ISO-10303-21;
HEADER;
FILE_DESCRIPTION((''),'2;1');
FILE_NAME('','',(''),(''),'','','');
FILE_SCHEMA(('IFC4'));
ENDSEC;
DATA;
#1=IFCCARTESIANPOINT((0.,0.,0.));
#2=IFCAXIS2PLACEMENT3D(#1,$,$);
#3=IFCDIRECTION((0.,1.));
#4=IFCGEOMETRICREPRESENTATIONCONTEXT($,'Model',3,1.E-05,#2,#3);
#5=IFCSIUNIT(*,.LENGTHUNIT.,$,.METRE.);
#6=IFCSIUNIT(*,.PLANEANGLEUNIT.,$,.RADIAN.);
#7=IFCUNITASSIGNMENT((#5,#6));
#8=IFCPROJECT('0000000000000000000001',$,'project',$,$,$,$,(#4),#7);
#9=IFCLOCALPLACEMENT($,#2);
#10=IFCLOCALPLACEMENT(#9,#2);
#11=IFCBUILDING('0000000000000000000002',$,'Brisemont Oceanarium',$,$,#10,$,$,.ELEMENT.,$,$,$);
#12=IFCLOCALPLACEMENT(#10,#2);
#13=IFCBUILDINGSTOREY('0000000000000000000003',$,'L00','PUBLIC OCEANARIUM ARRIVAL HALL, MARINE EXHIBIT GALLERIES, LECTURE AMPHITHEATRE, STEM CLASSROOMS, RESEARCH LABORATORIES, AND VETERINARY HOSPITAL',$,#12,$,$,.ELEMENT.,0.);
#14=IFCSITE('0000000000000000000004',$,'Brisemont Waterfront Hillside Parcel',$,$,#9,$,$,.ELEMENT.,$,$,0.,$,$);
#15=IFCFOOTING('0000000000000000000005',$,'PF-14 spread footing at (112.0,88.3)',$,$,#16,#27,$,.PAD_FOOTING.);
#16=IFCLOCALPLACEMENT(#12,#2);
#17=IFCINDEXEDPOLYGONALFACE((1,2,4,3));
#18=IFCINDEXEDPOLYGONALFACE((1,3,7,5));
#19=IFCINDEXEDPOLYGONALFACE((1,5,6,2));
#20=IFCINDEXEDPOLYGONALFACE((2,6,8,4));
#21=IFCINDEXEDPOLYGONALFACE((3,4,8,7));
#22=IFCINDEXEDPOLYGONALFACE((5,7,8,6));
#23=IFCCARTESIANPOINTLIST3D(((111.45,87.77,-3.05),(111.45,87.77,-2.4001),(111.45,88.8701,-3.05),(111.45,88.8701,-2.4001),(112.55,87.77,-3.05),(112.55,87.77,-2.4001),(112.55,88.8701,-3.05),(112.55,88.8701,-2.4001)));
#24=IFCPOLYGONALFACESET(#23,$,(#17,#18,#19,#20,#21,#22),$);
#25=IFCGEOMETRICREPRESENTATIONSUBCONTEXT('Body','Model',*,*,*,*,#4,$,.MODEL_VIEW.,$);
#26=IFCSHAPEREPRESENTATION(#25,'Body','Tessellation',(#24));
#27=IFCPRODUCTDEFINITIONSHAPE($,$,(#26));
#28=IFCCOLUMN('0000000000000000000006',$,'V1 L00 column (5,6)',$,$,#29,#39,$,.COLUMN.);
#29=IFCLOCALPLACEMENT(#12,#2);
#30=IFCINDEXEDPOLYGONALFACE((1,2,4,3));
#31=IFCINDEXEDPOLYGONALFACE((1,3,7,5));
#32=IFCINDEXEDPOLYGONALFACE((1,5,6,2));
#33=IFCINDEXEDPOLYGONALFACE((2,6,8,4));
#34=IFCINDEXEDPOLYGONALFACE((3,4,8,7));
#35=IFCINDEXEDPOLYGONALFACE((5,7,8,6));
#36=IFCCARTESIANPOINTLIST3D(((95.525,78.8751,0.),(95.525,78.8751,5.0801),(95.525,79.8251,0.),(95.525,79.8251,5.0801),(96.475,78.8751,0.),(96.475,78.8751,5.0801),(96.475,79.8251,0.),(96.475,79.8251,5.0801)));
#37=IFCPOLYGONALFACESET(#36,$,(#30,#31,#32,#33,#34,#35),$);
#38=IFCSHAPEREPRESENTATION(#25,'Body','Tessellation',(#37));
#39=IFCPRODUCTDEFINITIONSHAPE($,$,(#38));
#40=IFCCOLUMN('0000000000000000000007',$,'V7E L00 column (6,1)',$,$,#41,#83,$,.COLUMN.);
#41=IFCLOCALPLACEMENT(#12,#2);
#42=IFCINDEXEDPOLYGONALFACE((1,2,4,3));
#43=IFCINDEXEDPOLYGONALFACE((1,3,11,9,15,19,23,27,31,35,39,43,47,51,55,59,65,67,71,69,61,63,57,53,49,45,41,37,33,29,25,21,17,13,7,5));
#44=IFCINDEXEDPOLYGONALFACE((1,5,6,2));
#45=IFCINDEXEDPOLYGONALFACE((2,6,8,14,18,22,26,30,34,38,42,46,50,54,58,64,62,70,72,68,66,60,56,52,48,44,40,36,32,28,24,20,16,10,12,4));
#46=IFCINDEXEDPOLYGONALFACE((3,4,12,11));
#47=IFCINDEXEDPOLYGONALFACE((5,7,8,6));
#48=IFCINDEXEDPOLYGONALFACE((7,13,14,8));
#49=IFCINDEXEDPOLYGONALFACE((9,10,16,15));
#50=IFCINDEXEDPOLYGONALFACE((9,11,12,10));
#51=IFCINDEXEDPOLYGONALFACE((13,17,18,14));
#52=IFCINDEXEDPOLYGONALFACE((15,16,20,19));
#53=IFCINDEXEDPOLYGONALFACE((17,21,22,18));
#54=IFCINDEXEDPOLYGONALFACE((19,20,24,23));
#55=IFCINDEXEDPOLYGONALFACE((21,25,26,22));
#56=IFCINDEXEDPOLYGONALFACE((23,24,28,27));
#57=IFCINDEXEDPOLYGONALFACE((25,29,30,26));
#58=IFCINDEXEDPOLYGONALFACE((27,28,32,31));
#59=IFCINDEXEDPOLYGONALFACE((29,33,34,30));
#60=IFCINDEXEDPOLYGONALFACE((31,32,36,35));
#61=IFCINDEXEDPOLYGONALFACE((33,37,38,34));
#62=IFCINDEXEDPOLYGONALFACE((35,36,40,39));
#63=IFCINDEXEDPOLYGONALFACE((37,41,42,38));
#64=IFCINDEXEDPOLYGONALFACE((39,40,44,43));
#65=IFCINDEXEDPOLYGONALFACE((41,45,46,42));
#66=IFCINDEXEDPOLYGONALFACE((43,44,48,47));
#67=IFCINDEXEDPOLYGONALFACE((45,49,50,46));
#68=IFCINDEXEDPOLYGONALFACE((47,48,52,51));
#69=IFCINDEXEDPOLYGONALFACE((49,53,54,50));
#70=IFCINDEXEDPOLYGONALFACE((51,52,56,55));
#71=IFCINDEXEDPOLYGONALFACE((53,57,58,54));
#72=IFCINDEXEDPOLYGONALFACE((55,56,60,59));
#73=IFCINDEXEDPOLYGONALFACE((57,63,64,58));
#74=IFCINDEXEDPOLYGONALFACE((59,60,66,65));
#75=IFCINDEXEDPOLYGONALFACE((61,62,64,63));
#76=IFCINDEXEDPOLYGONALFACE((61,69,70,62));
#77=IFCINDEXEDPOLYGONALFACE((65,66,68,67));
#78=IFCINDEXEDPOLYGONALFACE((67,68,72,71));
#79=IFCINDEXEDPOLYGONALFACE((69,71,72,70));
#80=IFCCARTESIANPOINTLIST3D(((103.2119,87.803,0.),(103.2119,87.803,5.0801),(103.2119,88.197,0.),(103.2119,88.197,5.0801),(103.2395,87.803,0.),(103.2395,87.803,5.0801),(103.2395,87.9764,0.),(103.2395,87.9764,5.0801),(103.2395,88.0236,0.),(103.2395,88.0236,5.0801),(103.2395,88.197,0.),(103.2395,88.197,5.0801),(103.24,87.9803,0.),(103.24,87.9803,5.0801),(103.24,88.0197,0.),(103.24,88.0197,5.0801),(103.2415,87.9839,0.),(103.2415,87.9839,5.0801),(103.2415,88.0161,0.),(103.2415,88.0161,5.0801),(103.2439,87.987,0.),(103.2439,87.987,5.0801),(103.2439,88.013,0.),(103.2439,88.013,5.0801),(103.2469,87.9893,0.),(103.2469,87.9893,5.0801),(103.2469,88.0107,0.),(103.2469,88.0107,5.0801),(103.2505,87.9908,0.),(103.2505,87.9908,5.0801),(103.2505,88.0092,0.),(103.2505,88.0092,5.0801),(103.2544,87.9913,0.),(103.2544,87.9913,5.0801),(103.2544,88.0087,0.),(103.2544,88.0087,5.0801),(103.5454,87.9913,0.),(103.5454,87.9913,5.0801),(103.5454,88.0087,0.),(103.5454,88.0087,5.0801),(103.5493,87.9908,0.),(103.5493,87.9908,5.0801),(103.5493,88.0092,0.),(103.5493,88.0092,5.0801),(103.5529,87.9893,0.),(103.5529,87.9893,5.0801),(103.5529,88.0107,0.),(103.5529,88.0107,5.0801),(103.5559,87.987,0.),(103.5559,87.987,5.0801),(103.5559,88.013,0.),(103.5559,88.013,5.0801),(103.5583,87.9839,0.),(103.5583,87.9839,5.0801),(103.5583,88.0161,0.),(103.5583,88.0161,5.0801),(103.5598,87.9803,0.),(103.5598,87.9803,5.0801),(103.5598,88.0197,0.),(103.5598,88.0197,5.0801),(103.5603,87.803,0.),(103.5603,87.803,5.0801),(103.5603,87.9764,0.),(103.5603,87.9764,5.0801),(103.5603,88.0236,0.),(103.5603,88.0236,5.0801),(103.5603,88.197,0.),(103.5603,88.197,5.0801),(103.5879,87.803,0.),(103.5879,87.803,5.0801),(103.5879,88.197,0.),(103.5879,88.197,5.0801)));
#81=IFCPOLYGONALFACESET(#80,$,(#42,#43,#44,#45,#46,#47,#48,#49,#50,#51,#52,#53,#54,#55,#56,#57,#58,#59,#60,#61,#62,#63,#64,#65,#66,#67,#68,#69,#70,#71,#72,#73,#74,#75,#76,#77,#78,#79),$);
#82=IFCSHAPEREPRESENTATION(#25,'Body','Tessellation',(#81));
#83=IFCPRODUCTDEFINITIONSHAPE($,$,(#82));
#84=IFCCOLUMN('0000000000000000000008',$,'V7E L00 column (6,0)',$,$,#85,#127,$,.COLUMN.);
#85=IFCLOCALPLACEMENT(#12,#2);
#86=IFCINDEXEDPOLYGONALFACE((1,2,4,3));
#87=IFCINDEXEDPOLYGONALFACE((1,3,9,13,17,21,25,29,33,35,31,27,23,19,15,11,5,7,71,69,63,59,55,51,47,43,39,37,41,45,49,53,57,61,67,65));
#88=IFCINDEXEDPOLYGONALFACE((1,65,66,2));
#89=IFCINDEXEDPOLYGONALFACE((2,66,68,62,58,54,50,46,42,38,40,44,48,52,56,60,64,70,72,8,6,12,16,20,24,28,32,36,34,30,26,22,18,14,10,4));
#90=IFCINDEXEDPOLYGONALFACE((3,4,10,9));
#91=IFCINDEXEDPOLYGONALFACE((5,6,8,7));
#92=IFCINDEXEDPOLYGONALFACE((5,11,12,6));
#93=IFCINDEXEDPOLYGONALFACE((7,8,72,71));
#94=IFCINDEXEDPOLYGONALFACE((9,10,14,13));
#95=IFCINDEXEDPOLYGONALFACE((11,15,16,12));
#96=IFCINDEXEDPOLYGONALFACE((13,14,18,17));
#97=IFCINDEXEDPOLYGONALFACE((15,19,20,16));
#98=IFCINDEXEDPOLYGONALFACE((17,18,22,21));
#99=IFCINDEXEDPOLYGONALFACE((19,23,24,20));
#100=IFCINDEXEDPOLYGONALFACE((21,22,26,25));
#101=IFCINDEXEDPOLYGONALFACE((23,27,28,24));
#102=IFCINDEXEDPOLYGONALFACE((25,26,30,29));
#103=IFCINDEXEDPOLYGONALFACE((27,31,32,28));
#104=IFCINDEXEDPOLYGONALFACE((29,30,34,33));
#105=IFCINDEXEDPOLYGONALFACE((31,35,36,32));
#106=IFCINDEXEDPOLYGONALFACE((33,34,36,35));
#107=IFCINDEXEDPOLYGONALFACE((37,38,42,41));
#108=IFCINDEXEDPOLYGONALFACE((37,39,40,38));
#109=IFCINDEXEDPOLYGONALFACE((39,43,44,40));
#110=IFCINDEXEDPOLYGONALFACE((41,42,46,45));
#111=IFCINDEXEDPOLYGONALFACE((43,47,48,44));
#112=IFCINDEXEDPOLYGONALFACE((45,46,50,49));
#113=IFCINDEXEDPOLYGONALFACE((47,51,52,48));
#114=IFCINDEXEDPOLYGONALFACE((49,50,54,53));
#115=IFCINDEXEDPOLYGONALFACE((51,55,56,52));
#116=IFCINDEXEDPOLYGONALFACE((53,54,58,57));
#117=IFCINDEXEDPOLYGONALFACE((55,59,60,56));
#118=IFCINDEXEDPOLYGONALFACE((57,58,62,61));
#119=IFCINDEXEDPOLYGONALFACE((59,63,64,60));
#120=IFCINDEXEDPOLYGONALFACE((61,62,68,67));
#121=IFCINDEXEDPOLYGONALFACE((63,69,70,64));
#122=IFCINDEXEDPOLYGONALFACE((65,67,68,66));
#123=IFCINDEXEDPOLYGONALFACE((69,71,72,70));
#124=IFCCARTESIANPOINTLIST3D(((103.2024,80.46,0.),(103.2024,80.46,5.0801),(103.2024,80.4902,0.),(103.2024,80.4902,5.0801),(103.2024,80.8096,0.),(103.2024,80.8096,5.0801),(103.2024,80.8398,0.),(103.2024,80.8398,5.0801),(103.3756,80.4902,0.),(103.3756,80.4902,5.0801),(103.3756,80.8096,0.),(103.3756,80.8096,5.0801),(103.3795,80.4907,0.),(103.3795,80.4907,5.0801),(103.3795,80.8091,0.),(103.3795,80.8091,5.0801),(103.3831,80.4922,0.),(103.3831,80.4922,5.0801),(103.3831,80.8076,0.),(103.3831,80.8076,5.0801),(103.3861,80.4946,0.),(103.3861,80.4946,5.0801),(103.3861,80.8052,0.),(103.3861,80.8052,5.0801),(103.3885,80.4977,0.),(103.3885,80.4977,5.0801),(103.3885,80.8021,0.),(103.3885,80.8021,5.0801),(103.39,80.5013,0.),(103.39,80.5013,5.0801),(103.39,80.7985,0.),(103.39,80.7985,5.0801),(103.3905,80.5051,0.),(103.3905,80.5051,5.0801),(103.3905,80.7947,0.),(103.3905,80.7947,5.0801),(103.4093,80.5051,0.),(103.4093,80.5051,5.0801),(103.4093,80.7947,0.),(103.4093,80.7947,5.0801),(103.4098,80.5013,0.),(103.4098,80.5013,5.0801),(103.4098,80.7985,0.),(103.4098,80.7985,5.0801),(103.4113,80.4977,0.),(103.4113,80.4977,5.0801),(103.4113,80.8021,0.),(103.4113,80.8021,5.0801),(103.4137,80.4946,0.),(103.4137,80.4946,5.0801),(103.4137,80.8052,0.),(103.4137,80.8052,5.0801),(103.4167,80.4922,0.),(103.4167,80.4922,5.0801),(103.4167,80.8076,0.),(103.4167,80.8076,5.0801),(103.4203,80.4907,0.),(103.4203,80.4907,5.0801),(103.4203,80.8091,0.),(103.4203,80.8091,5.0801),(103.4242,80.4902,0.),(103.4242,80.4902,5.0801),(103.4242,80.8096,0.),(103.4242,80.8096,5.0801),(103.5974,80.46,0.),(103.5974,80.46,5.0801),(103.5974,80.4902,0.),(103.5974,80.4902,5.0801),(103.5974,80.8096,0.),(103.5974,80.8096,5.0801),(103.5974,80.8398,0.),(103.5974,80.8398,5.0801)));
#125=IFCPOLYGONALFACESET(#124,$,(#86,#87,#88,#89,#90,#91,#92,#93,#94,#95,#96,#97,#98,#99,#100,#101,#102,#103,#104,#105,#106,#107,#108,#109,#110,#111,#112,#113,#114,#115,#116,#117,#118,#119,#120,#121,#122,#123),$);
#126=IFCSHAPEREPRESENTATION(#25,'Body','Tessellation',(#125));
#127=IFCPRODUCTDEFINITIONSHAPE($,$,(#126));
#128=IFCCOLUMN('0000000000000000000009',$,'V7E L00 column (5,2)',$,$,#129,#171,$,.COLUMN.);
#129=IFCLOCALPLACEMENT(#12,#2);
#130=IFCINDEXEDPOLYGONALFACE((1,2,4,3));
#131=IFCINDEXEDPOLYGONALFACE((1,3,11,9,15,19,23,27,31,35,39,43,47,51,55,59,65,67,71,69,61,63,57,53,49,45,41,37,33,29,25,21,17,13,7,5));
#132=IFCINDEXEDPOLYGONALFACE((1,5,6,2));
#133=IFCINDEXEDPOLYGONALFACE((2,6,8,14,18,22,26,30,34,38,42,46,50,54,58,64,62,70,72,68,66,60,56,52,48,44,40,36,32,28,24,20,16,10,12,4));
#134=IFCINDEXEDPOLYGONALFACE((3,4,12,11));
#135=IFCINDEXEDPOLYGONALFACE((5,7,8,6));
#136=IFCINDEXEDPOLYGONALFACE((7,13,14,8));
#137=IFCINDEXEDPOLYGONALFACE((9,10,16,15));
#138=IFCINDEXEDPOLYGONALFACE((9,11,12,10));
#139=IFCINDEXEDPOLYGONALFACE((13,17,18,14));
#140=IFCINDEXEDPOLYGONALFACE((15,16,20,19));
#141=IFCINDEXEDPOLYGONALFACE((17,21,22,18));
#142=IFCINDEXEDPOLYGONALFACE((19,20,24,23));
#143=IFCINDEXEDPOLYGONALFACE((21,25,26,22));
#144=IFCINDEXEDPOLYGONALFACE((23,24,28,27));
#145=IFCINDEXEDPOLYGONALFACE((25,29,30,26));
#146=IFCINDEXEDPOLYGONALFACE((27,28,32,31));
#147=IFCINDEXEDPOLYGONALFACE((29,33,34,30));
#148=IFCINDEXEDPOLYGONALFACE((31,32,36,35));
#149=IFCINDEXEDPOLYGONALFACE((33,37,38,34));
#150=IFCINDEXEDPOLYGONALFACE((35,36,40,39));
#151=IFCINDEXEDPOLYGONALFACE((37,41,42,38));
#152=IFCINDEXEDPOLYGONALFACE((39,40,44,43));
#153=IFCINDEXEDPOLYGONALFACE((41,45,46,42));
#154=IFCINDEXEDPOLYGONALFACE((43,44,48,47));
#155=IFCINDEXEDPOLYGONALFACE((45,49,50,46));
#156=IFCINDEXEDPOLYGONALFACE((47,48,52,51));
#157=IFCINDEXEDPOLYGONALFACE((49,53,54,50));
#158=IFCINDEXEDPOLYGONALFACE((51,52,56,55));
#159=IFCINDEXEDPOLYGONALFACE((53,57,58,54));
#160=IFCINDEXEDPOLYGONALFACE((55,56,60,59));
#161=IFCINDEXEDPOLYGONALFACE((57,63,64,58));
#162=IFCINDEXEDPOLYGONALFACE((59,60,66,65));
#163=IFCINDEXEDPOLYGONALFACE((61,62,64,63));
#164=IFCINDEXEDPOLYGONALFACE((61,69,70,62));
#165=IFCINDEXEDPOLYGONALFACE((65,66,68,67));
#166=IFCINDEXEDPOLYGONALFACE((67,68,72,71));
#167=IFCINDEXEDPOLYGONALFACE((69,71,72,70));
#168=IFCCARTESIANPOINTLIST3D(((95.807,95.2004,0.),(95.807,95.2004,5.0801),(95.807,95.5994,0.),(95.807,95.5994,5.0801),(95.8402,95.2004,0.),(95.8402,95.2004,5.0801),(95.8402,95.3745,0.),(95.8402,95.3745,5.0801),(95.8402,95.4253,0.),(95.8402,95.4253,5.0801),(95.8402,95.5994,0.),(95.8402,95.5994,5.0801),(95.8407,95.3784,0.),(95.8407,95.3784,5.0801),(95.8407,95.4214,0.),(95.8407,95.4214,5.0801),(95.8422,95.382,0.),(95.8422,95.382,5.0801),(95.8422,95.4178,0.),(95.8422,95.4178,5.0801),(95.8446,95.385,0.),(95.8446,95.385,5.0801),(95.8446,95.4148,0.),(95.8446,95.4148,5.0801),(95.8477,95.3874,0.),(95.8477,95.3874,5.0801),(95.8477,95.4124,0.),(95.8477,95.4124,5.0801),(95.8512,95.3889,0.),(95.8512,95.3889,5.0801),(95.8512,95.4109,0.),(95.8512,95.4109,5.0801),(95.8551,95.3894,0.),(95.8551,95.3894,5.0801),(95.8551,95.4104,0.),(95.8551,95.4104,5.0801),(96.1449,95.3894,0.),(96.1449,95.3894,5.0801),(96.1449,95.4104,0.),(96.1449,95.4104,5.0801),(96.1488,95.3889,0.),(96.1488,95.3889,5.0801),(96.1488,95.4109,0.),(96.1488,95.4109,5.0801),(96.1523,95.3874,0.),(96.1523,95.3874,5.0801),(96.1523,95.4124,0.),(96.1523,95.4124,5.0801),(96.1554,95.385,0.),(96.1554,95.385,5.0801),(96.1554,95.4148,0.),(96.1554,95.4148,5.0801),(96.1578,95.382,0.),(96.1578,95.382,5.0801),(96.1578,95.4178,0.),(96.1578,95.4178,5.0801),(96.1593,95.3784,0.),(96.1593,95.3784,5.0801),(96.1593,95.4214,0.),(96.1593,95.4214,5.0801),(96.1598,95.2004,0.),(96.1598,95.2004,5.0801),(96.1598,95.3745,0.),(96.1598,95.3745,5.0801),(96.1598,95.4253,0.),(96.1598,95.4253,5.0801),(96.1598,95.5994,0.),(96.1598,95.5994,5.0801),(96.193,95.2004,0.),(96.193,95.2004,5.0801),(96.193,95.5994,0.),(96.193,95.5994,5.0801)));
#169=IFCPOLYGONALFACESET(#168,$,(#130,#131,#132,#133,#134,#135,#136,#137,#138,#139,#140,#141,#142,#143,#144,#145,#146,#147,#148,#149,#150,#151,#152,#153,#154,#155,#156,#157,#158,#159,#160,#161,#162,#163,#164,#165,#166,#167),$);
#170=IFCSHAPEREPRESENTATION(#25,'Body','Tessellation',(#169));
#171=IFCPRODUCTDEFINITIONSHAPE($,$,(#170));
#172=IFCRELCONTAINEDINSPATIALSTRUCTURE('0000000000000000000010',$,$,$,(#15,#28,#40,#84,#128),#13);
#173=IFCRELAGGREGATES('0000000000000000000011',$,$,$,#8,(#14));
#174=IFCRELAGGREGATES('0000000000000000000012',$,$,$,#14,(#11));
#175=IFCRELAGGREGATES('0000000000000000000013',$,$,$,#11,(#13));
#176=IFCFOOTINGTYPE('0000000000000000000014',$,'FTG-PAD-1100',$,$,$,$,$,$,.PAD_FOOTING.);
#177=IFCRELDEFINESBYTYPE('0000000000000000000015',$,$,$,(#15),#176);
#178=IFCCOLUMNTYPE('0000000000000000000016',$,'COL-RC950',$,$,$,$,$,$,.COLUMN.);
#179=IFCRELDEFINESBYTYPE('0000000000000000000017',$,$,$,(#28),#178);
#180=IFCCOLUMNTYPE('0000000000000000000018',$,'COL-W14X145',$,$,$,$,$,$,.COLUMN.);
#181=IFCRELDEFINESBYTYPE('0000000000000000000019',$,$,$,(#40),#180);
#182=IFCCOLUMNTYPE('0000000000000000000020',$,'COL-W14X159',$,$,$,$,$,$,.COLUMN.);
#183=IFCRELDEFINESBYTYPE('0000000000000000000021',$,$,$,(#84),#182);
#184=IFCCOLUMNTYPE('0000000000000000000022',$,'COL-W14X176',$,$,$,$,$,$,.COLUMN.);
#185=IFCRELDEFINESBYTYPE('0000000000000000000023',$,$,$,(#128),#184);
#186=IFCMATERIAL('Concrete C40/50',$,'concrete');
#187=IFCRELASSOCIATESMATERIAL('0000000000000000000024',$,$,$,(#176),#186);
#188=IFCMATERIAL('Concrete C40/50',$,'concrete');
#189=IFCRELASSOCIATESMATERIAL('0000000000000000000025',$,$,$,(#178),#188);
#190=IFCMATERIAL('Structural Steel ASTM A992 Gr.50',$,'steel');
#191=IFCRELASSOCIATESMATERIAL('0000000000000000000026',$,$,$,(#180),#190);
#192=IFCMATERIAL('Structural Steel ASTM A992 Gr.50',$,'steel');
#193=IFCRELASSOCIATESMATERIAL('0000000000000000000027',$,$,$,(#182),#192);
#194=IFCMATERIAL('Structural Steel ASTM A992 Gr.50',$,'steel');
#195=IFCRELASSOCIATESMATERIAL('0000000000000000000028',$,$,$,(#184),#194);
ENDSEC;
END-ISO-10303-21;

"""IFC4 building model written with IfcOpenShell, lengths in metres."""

from ifc_helpers import new_model, si_unit, direction, frame, origin, origin_2d, place, context, subcontext, project, spatial, rectangle, i_section, extrude, material, material_profile, profile_set, type_object, element, save


model = new_model("IFC4")

# Units and contexts
model_context = context("Model", 3, precision=1e-05, world=origin(), true_north=direction((0.0, 1.0)))
body_context = subcontext(model_context, "Body", "Model", "MODEL_VIEW")
ifc_project = project(units=[si_unit("LENGTHUNIT", "METRE"), si_unit("PLANEANGLEUNIT", "RADIAN")], contexts=[model_context])

# Site, building, storey
site_placement = place(None, origin())
site = spatial("IfcSite", under=ifc_project, at=site_placement, Name="Brisemont Waterfront Hillside Parcel", CompositionType="ELEMENT", RefElevation=0.0)
building_placement = place(site_placement, origin())
building = spatial("IfcBuilding", under=site, at=building_placement, Name="Brisemont Oceanarium", CompositionType="ELEMENT")
storey_placement = place(building_placement, origin())
storey = spatial("IfcBuildingStorey", under=building, at=storey_placement, Name="L00", Description="PUBLIC OCEANARIUM ARRIVAL HALL, MARINE EXHIBIT GALLERIES, LECTURE AMPHITHEATRE, STEM CLASSROOMS, RESEARCH LABORATORIES, AND VETERINARY HOSPITAL", CompositionType="ELEMENT", Elevation=0.0)

# Footing
ifc_material_1 = material(Name="Concrete C40/50", Category="concrete")
footing_type = type_object("IfcFootingType", Name="FTG-PAD-1100", PredefinedType="PAD_FOOTING", material=ifc_material_1)
footing_placement = place(storey_placement, frame((112.0, 88.3201, -3.05), z_axis=(0.0, 0.0, 1.0), x_axis=(1.0, 0.0, 0.0)))
element("IfcFooting", 1, at=footing_placement, inside=storey, type_object=footing_type, Name="PF-14 spread footing at (112.0,88.3)", PredefinedType="PAD_FOOTING", context=body_context, shape_type="SweptSolid", body=[
    extrude(rectangle(XDim=1.1001, YDim=1.1001, at=origin_2d()), origin(), (0.0, 0.0, 1.0), 0.6499),
])

# Columns
ifc_material_2 = material(Name="Concrete C40/50", Category="concrete")
ifc_material_profile_1 = material_profile(ifc_material_2, rectangle(XDim=0.95, YDim=0.95, at=origin_2d()), Name="RC-COL-950X950")
ifc_profile_set_1 = profile_set([ifc_material_profile_1], Name="Concrete C40/50")
column_type_1 = type_object("IfcColumnType", Name="COL-RC950", PredefinedType="COLUMN", material=ifc_profile_set_1)
column_1_placement = place(storey_placement, frame((96.0, 79.3501, 0.0), z_axis=(0.0, 0.0, 1.0), x_axis=(0.0, 1.0, 0.0)))
element("IfcColumn", 2, at=column_1_placement, inside=storey, type_object=column_type_1, Name="V1 L00 column (5,6)", PredefinedType="COLUMN", context=body_context, shape_type="SweptSolid", body=[
    extrude(rectangle(XDim=0.95, YDim=0.95, at=origin_2d()), origin(), (0.0, 0.0, 1.0), 5.0801),
])
ifc_material_3 = material(Name="Structural Steel ASTM A992 Gr.50", Category="steel")
ifc_material_profile_2 = material_profile(ifc_material_3, i_section(OverallWidth=0.394, OverallDepth=0.376, WebThickness=0.0173, FlangeThickness=0.0276, FilletRadius=0.0149, at=origin_2d()), Name="W14X145")
ifc_profile_set_2 = profile_set([ifc_material_profile_2], Name="Structural Steel ASTM A992 Gr.50")
column_type_2 = type_object("IfcColumnType", Name="COL-W14X145", PredefinedType="COLUMN", material=ifc_profile_set_2)
column_2_placement = place(storey_placement, frame((103.3999, 88.0, 0.0), z_axis=(0.0, 0.0, 1.0), x_axis=(0.0, 1.0, 0.0)))
element("IfcColumn", 3, at=column_2_placement, inside=storey, type_object=column_type_2, Name="V7E L00 column (6,1)", PredefinedType="COLUMN", context=body_context, shape_type="SweptSolid", body=[
    extrude(i_section(OverallWidth=0.394, OverallDepth=0.376, WebThickness=0.0173, FlangeThickness=0.0276, FilletRadius=0.0149, at=origin_2d()), origin(), (0.0, 0.0, 1.0), 5.0801),
])
ifc_material_4 = material(Name="Structural Steel ASTM A992 Gr.50", Category="steel")
ifc_material_profile_3 = material_profile(ifc_material_4, i_section(OverallWidth=0.395, OverallDepth=0.3799, WebThickness=0.0188, FlangeThickness=0.0303, FilletRadius=0.0149, at=origin_2d()), Name="W14X159")
ifc_profile_set_3 = profile_set([ifc_material_profile_3], Name="Structural Steel ASTM A992 Gr.50")
column_type_3 = type_object("IfcColumnType", Name="COL-W14X159", PredefinedType="COLUMN", material=ifc_profile_set_3)
column_3_placement = place(storey_placement, frame((103.3999, 80.6499, 0.0), z_axis=(0.0, 0.0, 1.0), x_axis=(1.0, 0.0, 0.0)))
element("IfcColumn", 4, at=column_3_placement, inside=storey, type_object=column_type_3, Name="V7E L00 column (6,0)", PredefinedType="COLUMN", context=body_context, shape_type="SweptSolid", body=[
    extrude(i_section(OverallWidth=0.395, OverallDepth=0.3799, WebThickness=0.0188, FlangeThickness=0.0303, FilletRadius=0.0149, at=origin_2d()), origin(), (0.0, 0.0, 1.0), 5.0801),
])
ifc_material_5 = material(Name="Structural Steel ASTM A992 Gr.50", Category="steel")
ifc_material_profile_4 = material_profile(ifc_material_5, i_section(OverallWidth=0.3989, OverallDepth=0.386, WebThickness=0.021, FlangeThickness=0.0332, FilletRadius=0.0149, at=origin_2d()), Name="W14X176")
ifc_profile_set_4 = profile_set([ifc_material_profile_4], Name="Structural Steel ASTM A992 Gr.50")
column_type_4 = type_object("IfcColumnType", Name="COL-W14X176", PredefinedType="COLUMN", material=ifc_profile_set_4)
column_4_placement = place(storey_placement, frame((96.0, 95.3999, 0.0), z_axis=(0.0, 0.0, 1.0), x_axis=(0.0, 1.0, 0.0)))
element("IfcColumn", 5, at=column_4_placement, inside=storey, type_object=column_type_4, Name="V7E L00 column (5,2)", PredefinedType="COLUMN", context=body_context, shape_type="SweptSolid", body=[
    extrude(i_section(OverallWidth=0.3989, OverallDepth=0.386, WebThickness=0.021, FlangeThickness=0.0332, FilletRadius=0.0149, at=origin_2d()), origin(), (0.0, 0.0, 1.0), 5.0801),
])

save(model, "model.ifc")
